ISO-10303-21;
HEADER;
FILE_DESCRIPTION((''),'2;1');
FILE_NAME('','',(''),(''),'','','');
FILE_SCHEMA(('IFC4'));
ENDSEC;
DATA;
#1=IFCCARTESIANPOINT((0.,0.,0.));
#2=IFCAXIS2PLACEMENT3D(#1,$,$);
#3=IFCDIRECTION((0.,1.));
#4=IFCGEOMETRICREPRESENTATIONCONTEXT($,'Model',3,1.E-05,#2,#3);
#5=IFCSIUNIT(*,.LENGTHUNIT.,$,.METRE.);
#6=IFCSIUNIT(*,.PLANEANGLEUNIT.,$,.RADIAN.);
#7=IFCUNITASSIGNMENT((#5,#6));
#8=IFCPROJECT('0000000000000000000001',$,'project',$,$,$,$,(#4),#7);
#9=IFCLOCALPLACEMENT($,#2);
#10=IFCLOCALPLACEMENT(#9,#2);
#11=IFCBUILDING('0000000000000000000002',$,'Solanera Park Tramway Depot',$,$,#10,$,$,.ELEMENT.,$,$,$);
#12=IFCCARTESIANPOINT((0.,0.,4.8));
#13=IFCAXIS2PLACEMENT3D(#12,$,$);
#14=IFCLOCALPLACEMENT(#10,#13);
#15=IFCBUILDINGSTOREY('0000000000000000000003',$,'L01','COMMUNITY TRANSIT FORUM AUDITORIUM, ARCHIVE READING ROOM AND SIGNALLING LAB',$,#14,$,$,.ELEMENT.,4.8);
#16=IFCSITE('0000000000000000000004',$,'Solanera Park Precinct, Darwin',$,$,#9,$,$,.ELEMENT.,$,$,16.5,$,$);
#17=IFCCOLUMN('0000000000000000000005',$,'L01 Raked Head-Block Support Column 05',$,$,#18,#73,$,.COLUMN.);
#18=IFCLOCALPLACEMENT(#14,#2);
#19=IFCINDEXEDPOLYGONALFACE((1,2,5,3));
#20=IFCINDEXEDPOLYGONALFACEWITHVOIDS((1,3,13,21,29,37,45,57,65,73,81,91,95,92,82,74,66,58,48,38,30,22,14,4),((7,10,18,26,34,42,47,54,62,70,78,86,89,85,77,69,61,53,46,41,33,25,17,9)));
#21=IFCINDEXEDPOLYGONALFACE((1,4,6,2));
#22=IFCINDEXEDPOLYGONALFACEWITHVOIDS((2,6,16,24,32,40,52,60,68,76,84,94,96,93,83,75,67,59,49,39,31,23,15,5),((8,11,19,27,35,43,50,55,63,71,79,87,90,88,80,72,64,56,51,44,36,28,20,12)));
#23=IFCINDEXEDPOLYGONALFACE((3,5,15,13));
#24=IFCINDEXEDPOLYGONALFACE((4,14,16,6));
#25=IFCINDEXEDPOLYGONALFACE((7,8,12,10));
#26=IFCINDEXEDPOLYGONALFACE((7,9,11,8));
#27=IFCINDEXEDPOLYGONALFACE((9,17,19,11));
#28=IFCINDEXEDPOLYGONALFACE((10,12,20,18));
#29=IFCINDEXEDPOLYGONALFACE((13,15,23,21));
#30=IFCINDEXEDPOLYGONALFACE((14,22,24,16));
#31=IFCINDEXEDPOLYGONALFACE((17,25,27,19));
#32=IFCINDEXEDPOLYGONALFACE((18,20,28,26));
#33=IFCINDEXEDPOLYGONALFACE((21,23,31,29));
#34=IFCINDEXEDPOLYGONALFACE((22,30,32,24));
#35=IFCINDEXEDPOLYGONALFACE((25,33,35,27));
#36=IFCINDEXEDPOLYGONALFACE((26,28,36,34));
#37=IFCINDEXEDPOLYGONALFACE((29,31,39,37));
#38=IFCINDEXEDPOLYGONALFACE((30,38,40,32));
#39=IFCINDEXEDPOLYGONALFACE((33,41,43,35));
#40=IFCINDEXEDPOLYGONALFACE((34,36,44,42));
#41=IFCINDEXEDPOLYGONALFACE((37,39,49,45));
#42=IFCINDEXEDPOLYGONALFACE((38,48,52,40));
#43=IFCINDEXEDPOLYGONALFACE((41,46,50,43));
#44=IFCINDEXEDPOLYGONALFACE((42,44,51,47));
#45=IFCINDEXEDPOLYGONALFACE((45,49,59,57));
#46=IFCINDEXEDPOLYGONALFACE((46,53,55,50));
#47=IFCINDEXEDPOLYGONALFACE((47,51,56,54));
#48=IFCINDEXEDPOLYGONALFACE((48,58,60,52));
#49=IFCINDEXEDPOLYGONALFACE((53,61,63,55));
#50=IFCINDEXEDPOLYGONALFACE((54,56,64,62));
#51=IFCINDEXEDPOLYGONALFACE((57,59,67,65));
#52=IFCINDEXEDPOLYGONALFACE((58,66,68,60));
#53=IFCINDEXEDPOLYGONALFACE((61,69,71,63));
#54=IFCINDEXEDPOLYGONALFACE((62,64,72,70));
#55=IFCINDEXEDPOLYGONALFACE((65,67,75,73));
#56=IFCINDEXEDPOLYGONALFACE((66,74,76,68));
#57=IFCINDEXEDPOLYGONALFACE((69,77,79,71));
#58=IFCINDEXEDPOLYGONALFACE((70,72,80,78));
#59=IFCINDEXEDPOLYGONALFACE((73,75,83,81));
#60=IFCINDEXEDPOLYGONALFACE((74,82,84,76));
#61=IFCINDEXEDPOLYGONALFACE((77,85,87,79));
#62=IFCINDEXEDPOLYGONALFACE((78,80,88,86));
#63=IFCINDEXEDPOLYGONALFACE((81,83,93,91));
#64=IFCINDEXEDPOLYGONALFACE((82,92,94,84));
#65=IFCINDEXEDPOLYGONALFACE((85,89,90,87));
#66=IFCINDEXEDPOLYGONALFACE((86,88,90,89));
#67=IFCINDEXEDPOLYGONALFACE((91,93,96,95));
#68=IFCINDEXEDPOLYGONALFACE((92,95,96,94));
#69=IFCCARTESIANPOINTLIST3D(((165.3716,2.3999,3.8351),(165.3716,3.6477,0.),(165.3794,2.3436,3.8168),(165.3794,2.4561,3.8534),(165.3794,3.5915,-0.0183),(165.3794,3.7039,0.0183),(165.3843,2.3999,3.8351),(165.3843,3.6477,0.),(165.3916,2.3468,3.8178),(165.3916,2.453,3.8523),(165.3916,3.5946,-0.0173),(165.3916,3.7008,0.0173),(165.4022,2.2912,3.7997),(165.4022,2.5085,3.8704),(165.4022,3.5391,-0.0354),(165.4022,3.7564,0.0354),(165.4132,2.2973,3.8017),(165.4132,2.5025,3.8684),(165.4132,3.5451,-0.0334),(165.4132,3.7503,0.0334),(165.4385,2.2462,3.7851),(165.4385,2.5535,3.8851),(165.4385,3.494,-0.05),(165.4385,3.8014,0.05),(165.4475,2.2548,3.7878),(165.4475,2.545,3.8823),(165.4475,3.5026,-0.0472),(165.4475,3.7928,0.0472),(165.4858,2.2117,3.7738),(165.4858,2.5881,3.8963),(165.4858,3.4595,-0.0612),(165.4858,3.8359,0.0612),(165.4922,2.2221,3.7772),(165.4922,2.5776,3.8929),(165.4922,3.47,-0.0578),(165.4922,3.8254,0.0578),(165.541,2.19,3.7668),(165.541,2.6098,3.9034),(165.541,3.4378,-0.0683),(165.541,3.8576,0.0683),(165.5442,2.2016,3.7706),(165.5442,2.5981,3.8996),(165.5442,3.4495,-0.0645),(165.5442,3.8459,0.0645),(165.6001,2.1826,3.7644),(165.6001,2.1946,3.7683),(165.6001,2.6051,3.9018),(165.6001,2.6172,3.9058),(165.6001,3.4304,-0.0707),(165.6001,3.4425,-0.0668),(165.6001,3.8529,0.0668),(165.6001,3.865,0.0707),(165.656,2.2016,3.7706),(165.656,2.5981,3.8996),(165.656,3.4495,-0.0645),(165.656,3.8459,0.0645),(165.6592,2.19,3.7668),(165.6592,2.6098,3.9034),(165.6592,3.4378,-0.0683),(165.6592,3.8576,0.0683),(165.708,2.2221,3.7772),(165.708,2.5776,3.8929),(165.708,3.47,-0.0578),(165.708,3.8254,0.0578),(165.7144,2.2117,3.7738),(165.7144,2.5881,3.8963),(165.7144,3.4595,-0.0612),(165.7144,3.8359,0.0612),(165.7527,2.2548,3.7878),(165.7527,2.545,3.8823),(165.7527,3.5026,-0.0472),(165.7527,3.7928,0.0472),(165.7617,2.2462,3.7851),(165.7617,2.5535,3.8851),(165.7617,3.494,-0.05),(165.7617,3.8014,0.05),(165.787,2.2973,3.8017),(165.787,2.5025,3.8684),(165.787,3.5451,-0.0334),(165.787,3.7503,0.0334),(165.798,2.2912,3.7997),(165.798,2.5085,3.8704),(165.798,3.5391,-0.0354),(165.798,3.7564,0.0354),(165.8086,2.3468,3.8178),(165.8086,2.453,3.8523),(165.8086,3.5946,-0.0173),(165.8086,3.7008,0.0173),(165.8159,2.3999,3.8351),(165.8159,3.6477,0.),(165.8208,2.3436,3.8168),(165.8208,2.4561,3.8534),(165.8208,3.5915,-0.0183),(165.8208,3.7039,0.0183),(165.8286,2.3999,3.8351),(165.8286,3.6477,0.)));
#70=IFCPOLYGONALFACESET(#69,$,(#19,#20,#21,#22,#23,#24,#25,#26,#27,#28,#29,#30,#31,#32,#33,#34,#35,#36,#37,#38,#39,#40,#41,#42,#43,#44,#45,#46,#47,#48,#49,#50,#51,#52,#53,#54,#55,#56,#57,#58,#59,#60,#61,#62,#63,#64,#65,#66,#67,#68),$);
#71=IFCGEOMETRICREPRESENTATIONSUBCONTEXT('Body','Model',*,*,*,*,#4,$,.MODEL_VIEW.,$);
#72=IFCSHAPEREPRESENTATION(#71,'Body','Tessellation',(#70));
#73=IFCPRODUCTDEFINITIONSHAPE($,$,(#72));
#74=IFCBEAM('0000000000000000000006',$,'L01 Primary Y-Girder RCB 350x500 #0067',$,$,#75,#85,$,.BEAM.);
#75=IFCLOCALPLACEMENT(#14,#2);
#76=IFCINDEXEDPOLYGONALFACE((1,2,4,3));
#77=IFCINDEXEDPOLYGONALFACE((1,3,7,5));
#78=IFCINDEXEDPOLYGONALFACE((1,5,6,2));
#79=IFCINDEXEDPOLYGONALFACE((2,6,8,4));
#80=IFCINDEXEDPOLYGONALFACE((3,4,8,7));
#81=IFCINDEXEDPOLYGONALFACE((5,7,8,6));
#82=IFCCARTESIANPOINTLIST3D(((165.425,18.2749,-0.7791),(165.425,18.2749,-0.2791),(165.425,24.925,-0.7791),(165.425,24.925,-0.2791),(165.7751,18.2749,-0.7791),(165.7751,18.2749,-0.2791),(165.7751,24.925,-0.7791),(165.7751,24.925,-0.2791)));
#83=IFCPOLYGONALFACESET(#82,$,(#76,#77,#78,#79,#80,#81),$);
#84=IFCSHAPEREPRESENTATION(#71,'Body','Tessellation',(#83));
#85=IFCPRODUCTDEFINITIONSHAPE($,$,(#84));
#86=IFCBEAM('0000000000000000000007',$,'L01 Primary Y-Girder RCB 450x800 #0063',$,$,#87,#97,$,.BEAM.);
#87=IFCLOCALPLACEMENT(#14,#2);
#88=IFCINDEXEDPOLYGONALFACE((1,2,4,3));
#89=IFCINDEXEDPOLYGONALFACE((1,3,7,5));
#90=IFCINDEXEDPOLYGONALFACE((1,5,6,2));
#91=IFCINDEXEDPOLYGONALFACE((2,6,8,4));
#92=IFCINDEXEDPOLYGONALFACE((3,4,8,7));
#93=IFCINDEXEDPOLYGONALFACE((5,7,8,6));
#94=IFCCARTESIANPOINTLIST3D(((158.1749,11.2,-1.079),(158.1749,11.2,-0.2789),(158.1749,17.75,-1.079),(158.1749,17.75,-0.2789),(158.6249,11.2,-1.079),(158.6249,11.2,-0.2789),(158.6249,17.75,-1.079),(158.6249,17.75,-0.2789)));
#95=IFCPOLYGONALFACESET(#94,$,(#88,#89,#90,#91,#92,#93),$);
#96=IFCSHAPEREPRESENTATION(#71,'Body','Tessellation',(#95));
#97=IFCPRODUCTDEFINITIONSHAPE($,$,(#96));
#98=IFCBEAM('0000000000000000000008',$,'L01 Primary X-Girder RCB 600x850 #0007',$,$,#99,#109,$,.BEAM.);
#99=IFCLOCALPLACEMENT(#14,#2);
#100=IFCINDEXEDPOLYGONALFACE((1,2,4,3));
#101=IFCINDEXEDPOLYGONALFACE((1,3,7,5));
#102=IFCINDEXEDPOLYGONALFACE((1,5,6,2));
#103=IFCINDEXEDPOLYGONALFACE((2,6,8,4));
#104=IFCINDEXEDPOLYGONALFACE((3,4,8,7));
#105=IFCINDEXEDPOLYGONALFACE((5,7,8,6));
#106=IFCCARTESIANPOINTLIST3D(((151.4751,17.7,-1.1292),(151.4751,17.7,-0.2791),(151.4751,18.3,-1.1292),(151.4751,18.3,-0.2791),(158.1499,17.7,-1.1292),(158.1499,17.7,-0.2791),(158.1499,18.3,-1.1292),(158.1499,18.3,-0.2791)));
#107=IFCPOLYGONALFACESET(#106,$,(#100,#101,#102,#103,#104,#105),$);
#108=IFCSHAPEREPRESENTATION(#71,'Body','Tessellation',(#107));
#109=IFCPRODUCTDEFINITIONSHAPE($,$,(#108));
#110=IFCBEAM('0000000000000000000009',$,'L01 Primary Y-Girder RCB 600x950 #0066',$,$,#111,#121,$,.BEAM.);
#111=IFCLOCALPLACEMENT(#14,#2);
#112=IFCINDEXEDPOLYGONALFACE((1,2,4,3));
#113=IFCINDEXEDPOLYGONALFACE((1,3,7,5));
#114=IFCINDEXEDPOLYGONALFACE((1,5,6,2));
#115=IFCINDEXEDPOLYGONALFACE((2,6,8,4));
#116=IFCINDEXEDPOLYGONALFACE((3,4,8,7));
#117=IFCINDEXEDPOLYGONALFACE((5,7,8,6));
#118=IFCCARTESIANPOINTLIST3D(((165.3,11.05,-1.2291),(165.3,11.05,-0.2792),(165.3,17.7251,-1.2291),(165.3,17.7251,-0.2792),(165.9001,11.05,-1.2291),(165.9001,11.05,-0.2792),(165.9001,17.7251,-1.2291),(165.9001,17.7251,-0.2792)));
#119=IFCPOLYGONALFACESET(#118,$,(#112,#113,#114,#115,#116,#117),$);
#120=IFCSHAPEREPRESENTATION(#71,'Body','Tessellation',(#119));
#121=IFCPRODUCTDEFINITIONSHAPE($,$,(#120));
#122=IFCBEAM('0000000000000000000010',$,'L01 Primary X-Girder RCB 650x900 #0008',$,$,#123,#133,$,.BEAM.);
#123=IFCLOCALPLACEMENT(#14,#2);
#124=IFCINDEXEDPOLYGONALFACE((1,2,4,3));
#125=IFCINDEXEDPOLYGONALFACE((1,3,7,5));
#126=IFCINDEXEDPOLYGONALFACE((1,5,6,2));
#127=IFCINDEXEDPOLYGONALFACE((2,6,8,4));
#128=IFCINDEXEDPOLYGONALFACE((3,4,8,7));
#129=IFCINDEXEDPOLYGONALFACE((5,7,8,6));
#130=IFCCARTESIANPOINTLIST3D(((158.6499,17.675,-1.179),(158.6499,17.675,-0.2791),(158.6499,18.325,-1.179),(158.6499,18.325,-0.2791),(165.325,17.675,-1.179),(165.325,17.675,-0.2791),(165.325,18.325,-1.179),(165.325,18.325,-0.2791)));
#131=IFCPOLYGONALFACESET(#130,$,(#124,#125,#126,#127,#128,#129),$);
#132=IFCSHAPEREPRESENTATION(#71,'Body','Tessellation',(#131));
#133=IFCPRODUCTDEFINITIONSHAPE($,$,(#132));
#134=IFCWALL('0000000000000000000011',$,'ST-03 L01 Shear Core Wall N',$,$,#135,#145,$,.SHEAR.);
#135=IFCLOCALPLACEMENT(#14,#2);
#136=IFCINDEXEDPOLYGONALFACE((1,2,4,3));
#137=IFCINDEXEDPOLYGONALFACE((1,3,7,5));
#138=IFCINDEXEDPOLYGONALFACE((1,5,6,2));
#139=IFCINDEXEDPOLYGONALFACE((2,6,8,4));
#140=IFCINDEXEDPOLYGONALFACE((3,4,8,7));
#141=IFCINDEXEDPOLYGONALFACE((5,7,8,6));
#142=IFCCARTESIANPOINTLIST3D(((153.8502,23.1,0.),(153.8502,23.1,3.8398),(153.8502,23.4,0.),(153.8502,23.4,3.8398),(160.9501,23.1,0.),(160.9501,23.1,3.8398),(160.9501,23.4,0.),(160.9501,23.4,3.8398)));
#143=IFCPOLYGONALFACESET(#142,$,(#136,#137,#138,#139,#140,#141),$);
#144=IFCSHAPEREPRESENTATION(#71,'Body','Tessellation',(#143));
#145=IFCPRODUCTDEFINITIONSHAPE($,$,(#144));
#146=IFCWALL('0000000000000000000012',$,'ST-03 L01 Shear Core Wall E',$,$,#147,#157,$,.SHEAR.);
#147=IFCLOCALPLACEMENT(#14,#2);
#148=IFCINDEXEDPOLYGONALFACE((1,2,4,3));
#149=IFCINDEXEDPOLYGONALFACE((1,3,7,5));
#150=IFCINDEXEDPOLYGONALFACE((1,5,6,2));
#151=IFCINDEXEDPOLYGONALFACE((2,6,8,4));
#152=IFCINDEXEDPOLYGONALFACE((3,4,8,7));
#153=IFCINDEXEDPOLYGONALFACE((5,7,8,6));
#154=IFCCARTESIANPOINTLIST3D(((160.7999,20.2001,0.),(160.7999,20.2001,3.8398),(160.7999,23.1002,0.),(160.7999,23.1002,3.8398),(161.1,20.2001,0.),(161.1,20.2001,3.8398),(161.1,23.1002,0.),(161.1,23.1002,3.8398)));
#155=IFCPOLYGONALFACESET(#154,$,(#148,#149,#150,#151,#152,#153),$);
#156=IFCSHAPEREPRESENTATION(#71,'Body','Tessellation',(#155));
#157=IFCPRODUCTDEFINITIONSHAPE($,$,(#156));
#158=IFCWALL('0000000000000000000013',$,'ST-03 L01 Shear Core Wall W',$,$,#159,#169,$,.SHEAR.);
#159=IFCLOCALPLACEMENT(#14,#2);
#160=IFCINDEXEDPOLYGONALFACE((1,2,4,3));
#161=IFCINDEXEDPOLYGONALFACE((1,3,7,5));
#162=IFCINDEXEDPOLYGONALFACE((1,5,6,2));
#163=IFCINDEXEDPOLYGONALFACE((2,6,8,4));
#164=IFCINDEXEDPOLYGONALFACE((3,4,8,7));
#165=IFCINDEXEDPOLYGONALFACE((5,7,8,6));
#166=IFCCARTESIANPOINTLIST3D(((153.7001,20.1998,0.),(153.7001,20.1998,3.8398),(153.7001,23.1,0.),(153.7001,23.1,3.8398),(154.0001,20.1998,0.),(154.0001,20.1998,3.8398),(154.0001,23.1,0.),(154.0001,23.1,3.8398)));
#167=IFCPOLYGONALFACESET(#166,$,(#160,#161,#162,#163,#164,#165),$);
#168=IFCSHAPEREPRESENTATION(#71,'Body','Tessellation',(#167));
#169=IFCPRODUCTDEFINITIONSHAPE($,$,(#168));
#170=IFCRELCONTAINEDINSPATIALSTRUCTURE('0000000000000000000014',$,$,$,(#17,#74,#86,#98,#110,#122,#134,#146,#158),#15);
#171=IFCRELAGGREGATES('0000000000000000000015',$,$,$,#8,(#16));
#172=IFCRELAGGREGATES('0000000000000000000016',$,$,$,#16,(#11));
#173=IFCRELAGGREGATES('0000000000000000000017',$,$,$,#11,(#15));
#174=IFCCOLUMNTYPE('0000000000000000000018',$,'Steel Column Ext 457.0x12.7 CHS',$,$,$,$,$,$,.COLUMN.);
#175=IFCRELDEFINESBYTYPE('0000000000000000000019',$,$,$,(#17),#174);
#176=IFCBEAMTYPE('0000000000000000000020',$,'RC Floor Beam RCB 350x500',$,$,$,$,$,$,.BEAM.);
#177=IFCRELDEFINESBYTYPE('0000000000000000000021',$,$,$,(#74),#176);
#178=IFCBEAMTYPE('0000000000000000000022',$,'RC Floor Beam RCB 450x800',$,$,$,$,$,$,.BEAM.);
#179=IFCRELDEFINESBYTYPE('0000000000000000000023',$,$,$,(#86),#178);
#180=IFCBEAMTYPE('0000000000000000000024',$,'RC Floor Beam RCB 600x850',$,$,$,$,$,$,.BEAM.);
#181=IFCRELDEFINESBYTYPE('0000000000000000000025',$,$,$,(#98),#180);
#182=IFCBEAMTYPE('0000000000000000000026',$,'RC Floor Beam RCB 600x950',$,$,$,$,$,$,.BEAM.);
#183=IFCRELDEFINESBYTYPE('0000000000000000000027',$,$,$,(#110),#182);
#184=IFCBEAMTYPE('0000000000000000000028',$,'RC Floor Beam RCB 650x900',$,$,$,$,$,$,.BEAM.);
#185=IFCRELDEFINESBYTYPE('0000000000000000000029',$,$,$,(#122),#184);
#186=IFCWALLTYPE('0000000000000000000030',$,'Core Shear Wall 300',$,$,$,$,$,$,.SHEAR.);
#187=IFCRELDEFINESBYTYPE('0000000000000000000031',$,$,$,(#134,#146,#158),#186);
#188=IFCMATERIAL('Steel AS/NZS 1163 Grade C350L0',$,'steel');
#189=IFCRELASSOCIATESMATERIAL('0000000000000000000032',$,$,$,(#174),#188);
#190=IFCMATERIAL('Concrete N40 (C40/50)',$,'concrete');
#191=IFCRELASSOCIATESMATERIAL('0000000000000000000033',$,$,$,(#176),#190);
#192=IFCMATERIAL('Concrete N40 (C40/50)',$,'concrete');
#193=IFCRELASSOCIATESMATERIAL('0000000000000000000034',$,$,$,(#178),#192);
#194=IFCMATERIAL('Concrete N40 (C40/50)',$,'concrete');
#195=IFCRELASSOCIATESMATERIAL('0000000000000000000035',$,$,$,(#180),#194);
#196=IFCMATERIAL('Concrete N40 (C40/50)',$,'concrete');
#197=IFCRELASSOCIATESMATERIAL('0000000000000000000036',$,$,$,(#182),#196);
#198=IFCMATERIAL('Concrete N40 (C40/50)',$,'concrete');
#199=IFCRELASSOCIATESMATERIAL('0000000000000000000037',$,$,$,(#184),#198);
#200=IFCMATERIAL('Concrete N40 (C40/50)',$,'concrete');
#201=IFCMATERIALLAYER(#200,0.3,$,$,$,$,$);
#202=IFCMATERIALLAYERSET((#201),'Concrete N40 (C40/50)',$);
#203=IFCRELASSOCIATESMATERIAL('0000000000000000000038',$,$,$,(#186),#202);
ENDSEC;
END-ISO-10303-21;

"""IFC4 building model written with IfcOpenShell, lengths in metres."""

from ifc_helpers import new_model, si_unit, direction, frame, frame_2d, origin, origin_2d, place, context, subcontext, project, spatial, rectangle, hollow_circle, extrude, material, layer, layer_set, material_profile, profile_set, type_object, element, save


model = new_model("IFC4")

# Units and contexts
model_context = context("Model", 3, precision=1e-05, world=origin(), true_north=direction((0.0, 1.0)))
body_context = subcontext(model_context, "Body", "Model", "MODEL_VIEW")
ifc_project = project(units=[si_unit("LENGTHUNIT", "METRE"), si_unit("PLANEANGLEUNIT", "RADIAN")], contexts=[model_context])

# Site, building, storey
site_placement = place(None, origin())
site = spatial("IfcSite", under=ifc_project, at=site_placement, Name="Solanera Park Precinct, Darwin", CompositionType="ELEMENT", RefElevation=16.5)
building_placement = place(site_placement, origin())
building = spatial("IfcBuilding", under=site, at=building_placement, Name="Solanera Park Tramway Depot", CompositionType="ELEMENT")
storey_placement = place(building_placement, frame((0.0, 0.0, 4.8)))
storey = spatial("IfcBuildingStorey", under=building, at=storey_placement, Name="L01", Description="COMMUNITY TRANSIT FORUM AUDITORIUM, ARCHIVE READING ROOM AND SIGNALLING LAB", CompositionType="ELEMENT", Elevation=4.8)

# Column
ifc_material_1 = material(Name="Steel AS/NZS 1163 Grade C350L0", Category="steel")
ifc_material_profile_1 = material_profile(ifc_material_1, hollow_circle(Radius=0.2285, WallThickness=0.0127, at=origin_2d()), Name="457.0x12.7 CHS")
ifc_profile_set_1 = profile_set([ifc_material_profile_1], Name="Steel AS/NZS 1163 Grade C350L0")
column_type_1 = type_object("IfcColumnType", Name="Steel Column Ext 457.0x12.7 CHS", PredefinedType="COLUMN", material=ifc_profile_set_1)
for number, where, z_axis, x_axis, name in (
    (1, (165.6001, 3.6477, 0.0), (0.0, -0.309409, 0.950929), (1.0, 0.0, 0.0), "L01 Raked Head-Block Support Column 05"),
):
    element("IfcColumn", number, at=place(storey_placement, frame(where, z_axis=z_axis, x_axis=x_axis)), inside=storey, type_object=column_type_1, Name=name, PredefinedType="COLUMN", context=body_context, shape_type="SweptSolid", body=[
        extrude(hollow_circle(Radius=0.2285, WallThickness=0.0127, at=origin_2d()), origin(), (0.0, 0.0, 1.0), 4.033),
    ])

# Beams
ifc_material_2 = material(Name="Concrete N40 (C40/50)", Category="concrete")
ifc_material_profile_2 = material_profile(ifc_material_2, rectangle(XDim=0.3501, YDim=0.5, at=origin_2d()), Name="RCB 350x500")
ifc_profile_set_2 = profile_set([ifc_material_profile_2], Name="Concrete N40 (C40/50)")
beam_type_1 = type_object("IfcBeamType", Name="RC Floor Beam RCB 350x500", PredefinedType="BEAM", material=ifc_profile_set_2)
beam_1_placement = place(storey_placement, frame((165.6001, 18.2749, -0.5291), z_axis=(0.0, 1.0, 0.0), x_axis=(-1.0, 0.0, 0.0)))
element("IfcBeam", 2, at=beam_1_placement, inside=storey, type_object=beam_type_1, Name="L01 Primary Y-Girder RCB 350x500 #0067", PredefinedType="BEAM", context=body_context, shape_type="SweptSolid", body=[
    extrude(rectangle(XDim=0.3501, YDim=0.5, at=origin_2d()), origin(), (0.0, 0.0, 1.0), 6.6501),
])
ifc_material_3 = material(Name="Concrete N40 (C40/50)", Category="concrete")
ifc_material_profile_3 = material_profile(ifc_material_3, rectangle(XDim=0.45, YDim=0.8, at=origin_2d()), Name="RCB 450x800")
ifc_profile_set_3 = profile_set([ifc_material_profile_3], Name="Concrete N40 (C40/50)")
beam_type_2 = type_object("IfcBeamType", Name="RC Floor Beam RCB 450x800", PredefinedType="BEAM", material=ifc_profile_set_3)
beam_2_placement = place(storey_placement, frame((158.3999, 11.2, -0.679), z_axis=(0.0, 1.0, 0.0), x_axis=(-1.0, 0.0, 0.0)))
element("IfcBeam", 3, at=beam_2_placement, inside=storey, type_object=beam_type_2, Name="L01 Primary Y-Girder RCB 450x800 #0063", PredefinedType="BEAM", context=body_context, shape_type="SweptSolid", body=[
    extrude(rectangle(XDim=0.45, YDim=0.8, at=origin_2d()), origin(), (0.0, 0.0, 1.0), 6.55),
])
ifc_material_4 = material(Name="Concrete N40 (C40/50)", Category="concrete")
ifc_material_profile_4 = material_profile(ifc_material_4, rectangle(XDim=0.6001, YDim=0.8501, at=origin_2d()), Name="RCB 600x850")
ifc_profile_set_4 = profile_set([ifc_material_profile_4], Name="Concrete N40 (C40/50)")
beam_type_3 = type_object("IfcBeamType", Name="RC Floor Beam RCB 600x850", PredefinedType="BEAM", material=ifc_profile_set_4)
beam_3_placement = place(storey_placement, frame((151.4751, 18.0, -0.7041), z_axis=(1.0, 0.0, 0.0), x_axis=(0.0, 1.0, 0.0)))
element("IfcBeam", 4, at=beam_3_placement, inside=storey, type_object=beam_type_3, Name="L01 Primary X-Girder RCB 600x850 #0007", PredefinedType="BEAM", context=body_context, shape_type="SweptSolid", body=[
    extrude(rectangle(XDim=0.6001, YDim=0.8501, at=origin_2d()), origin(), (0.0, 0.0, 1.0), 6.6748),
])
ifc_material_5 = material(Name="Concrete N40 (C40/50)", Category="concrete")
ifc_material_profile_5 = material_profile(ifc_material_5, rectangle(XDim=0.6001, YDim=0.95, at=origin_2d()), Name="RCB 600x950")
ifc_profile_set_5 = profile_set([ifc_material_profile_5], Name="Concrete N40 (C40/50)")
beam_type_4 = type_object("IfcBeamType", Name="RC Floor Beam RCB 600x950", PredefinedType="BEAM", material=ifc_profile_set_5)
beam_4_placement = place(storey_placement, frame((165.6001, 11.05, -0.7542), z_axis=(0.0, 1.0, 0.0), x_axis=(-1.0, 0.0, 0.0)))
element("IfcBeam", 5, at=beam_4_placement, inside=storey, type_object=beam_type_4, Name="L01 Primary Y-Girder RCB 600x950 #0066", PredefinedType="BEAM", context=body_context, shape_type="SweptSolid", body=[
    extrude(rectangle(XDim=0.6001, YDim=0.95, at=origin_2d()), origin(), (0.0, 0.0, 1.0), 6.675),
])
ifc_material_6 = material(Name="Concrete N40 (C40/50)", Category="concrete")
ifc_material_profile_6 = material_profile(ifc_material_6, rectangle(XDim=0.6499, YDim=0.8999, at=origin_2d()), Name="RCB 650x900")
ifc_profile_set_6 = profile_set([ifc_material_profile_6], Name="Concrete N40 (C40/50)")
beam_type_5 = type_object("IfcBeamType", Name="RC Floor Beam RCB 650x900", PredefinedType="BEAM", material=ifc_profile_set_6)
beam_5_placement = place(storey_placement, frame((158.6499, 18.0, -0.729), z_axis=(1.0, 0.0, 0.0), x_axis=(0.0, 1.0, 0.0)))
element("IfcBeam", 6, at=beam_5_placement, inside=storey, type_object=beam_type_5, Name="L01 Primary X-Girder RCB 650x900 #0008", PredefinedType="BEAM", context=body_context, shape_type="SweptSolid", body=[
    extrude(rectangle(XDim=0.6499, YDim=0.8999, at=origin_2d()), origin(), (0.0, 0.0, 1.0), 6.675),
])

# Shared definitions
ifc_material_7 = material(Name="Concrete N40 (C40/50)", Category="concrete")
ifc_layer_1 = layer(ifc_material_7, 0.3)
ifc_layer_set_1 = layer_set([ifc_layer_1], Name="Concrete N40 (C40/50)")
wall_type = type_object("IfcWallType", Name="Core Shear Wall 300", PredefinedType="SHEAR", material=ifc_layer_set_1)

# Walls
wall_1_placement = place(storey_placement, frame((160.95, 23.25, 0.0), z_axis=(0.0, 0.0, 1.0), x_axis=(-1.0, 0.0, 0.0)))
element("IfcWall", 7, at=wall_1_placement, inside=storey, type_object=wall_type, Name="ST-03 L01 Shear Core Wall N", PredefinedType="SHEAR", context=body_context, shape_type="SweptSolid", body=[
    extrude(rectangle(XDim=7.0999, YDim=0.3, at=frame_2d((3.5498, 0.0))), origin(), (0.0, 0.0, 1.0), 3.8398),
])
for number, where, z_axis, x_axis, name in (
    (8, (160.95, 20.2, 0.0), (0.0, 0.0, 1.0), (0.0, 1.0, 0.0), "ST-03 L01 Shear Core Wall E"),
    (9, (153.8501, 23.1001, 0.0), (0.0, 0.0, 1.0), (0.0, -1.0, 0.0), "ST-03 L01 Shear Core Wall W"),
):
    element("IfcWall", number, at=place(storey_placement, frame(where, z_axis=z_axis, x_axis=x_axis)), inside=storey, type_object=wall_type, Name=name, PredefinedType="SHEAR", context=body_context, shape_type="SweptSolid", body=[
        extrude(rectangle(XDim=2.9001, YDim=0.3, at=frame_2d((1.4502, 0.0))), origin(), (0.0, 0.0, 1.0), 3.8398),
    ])

save(model, "model.ifc")
